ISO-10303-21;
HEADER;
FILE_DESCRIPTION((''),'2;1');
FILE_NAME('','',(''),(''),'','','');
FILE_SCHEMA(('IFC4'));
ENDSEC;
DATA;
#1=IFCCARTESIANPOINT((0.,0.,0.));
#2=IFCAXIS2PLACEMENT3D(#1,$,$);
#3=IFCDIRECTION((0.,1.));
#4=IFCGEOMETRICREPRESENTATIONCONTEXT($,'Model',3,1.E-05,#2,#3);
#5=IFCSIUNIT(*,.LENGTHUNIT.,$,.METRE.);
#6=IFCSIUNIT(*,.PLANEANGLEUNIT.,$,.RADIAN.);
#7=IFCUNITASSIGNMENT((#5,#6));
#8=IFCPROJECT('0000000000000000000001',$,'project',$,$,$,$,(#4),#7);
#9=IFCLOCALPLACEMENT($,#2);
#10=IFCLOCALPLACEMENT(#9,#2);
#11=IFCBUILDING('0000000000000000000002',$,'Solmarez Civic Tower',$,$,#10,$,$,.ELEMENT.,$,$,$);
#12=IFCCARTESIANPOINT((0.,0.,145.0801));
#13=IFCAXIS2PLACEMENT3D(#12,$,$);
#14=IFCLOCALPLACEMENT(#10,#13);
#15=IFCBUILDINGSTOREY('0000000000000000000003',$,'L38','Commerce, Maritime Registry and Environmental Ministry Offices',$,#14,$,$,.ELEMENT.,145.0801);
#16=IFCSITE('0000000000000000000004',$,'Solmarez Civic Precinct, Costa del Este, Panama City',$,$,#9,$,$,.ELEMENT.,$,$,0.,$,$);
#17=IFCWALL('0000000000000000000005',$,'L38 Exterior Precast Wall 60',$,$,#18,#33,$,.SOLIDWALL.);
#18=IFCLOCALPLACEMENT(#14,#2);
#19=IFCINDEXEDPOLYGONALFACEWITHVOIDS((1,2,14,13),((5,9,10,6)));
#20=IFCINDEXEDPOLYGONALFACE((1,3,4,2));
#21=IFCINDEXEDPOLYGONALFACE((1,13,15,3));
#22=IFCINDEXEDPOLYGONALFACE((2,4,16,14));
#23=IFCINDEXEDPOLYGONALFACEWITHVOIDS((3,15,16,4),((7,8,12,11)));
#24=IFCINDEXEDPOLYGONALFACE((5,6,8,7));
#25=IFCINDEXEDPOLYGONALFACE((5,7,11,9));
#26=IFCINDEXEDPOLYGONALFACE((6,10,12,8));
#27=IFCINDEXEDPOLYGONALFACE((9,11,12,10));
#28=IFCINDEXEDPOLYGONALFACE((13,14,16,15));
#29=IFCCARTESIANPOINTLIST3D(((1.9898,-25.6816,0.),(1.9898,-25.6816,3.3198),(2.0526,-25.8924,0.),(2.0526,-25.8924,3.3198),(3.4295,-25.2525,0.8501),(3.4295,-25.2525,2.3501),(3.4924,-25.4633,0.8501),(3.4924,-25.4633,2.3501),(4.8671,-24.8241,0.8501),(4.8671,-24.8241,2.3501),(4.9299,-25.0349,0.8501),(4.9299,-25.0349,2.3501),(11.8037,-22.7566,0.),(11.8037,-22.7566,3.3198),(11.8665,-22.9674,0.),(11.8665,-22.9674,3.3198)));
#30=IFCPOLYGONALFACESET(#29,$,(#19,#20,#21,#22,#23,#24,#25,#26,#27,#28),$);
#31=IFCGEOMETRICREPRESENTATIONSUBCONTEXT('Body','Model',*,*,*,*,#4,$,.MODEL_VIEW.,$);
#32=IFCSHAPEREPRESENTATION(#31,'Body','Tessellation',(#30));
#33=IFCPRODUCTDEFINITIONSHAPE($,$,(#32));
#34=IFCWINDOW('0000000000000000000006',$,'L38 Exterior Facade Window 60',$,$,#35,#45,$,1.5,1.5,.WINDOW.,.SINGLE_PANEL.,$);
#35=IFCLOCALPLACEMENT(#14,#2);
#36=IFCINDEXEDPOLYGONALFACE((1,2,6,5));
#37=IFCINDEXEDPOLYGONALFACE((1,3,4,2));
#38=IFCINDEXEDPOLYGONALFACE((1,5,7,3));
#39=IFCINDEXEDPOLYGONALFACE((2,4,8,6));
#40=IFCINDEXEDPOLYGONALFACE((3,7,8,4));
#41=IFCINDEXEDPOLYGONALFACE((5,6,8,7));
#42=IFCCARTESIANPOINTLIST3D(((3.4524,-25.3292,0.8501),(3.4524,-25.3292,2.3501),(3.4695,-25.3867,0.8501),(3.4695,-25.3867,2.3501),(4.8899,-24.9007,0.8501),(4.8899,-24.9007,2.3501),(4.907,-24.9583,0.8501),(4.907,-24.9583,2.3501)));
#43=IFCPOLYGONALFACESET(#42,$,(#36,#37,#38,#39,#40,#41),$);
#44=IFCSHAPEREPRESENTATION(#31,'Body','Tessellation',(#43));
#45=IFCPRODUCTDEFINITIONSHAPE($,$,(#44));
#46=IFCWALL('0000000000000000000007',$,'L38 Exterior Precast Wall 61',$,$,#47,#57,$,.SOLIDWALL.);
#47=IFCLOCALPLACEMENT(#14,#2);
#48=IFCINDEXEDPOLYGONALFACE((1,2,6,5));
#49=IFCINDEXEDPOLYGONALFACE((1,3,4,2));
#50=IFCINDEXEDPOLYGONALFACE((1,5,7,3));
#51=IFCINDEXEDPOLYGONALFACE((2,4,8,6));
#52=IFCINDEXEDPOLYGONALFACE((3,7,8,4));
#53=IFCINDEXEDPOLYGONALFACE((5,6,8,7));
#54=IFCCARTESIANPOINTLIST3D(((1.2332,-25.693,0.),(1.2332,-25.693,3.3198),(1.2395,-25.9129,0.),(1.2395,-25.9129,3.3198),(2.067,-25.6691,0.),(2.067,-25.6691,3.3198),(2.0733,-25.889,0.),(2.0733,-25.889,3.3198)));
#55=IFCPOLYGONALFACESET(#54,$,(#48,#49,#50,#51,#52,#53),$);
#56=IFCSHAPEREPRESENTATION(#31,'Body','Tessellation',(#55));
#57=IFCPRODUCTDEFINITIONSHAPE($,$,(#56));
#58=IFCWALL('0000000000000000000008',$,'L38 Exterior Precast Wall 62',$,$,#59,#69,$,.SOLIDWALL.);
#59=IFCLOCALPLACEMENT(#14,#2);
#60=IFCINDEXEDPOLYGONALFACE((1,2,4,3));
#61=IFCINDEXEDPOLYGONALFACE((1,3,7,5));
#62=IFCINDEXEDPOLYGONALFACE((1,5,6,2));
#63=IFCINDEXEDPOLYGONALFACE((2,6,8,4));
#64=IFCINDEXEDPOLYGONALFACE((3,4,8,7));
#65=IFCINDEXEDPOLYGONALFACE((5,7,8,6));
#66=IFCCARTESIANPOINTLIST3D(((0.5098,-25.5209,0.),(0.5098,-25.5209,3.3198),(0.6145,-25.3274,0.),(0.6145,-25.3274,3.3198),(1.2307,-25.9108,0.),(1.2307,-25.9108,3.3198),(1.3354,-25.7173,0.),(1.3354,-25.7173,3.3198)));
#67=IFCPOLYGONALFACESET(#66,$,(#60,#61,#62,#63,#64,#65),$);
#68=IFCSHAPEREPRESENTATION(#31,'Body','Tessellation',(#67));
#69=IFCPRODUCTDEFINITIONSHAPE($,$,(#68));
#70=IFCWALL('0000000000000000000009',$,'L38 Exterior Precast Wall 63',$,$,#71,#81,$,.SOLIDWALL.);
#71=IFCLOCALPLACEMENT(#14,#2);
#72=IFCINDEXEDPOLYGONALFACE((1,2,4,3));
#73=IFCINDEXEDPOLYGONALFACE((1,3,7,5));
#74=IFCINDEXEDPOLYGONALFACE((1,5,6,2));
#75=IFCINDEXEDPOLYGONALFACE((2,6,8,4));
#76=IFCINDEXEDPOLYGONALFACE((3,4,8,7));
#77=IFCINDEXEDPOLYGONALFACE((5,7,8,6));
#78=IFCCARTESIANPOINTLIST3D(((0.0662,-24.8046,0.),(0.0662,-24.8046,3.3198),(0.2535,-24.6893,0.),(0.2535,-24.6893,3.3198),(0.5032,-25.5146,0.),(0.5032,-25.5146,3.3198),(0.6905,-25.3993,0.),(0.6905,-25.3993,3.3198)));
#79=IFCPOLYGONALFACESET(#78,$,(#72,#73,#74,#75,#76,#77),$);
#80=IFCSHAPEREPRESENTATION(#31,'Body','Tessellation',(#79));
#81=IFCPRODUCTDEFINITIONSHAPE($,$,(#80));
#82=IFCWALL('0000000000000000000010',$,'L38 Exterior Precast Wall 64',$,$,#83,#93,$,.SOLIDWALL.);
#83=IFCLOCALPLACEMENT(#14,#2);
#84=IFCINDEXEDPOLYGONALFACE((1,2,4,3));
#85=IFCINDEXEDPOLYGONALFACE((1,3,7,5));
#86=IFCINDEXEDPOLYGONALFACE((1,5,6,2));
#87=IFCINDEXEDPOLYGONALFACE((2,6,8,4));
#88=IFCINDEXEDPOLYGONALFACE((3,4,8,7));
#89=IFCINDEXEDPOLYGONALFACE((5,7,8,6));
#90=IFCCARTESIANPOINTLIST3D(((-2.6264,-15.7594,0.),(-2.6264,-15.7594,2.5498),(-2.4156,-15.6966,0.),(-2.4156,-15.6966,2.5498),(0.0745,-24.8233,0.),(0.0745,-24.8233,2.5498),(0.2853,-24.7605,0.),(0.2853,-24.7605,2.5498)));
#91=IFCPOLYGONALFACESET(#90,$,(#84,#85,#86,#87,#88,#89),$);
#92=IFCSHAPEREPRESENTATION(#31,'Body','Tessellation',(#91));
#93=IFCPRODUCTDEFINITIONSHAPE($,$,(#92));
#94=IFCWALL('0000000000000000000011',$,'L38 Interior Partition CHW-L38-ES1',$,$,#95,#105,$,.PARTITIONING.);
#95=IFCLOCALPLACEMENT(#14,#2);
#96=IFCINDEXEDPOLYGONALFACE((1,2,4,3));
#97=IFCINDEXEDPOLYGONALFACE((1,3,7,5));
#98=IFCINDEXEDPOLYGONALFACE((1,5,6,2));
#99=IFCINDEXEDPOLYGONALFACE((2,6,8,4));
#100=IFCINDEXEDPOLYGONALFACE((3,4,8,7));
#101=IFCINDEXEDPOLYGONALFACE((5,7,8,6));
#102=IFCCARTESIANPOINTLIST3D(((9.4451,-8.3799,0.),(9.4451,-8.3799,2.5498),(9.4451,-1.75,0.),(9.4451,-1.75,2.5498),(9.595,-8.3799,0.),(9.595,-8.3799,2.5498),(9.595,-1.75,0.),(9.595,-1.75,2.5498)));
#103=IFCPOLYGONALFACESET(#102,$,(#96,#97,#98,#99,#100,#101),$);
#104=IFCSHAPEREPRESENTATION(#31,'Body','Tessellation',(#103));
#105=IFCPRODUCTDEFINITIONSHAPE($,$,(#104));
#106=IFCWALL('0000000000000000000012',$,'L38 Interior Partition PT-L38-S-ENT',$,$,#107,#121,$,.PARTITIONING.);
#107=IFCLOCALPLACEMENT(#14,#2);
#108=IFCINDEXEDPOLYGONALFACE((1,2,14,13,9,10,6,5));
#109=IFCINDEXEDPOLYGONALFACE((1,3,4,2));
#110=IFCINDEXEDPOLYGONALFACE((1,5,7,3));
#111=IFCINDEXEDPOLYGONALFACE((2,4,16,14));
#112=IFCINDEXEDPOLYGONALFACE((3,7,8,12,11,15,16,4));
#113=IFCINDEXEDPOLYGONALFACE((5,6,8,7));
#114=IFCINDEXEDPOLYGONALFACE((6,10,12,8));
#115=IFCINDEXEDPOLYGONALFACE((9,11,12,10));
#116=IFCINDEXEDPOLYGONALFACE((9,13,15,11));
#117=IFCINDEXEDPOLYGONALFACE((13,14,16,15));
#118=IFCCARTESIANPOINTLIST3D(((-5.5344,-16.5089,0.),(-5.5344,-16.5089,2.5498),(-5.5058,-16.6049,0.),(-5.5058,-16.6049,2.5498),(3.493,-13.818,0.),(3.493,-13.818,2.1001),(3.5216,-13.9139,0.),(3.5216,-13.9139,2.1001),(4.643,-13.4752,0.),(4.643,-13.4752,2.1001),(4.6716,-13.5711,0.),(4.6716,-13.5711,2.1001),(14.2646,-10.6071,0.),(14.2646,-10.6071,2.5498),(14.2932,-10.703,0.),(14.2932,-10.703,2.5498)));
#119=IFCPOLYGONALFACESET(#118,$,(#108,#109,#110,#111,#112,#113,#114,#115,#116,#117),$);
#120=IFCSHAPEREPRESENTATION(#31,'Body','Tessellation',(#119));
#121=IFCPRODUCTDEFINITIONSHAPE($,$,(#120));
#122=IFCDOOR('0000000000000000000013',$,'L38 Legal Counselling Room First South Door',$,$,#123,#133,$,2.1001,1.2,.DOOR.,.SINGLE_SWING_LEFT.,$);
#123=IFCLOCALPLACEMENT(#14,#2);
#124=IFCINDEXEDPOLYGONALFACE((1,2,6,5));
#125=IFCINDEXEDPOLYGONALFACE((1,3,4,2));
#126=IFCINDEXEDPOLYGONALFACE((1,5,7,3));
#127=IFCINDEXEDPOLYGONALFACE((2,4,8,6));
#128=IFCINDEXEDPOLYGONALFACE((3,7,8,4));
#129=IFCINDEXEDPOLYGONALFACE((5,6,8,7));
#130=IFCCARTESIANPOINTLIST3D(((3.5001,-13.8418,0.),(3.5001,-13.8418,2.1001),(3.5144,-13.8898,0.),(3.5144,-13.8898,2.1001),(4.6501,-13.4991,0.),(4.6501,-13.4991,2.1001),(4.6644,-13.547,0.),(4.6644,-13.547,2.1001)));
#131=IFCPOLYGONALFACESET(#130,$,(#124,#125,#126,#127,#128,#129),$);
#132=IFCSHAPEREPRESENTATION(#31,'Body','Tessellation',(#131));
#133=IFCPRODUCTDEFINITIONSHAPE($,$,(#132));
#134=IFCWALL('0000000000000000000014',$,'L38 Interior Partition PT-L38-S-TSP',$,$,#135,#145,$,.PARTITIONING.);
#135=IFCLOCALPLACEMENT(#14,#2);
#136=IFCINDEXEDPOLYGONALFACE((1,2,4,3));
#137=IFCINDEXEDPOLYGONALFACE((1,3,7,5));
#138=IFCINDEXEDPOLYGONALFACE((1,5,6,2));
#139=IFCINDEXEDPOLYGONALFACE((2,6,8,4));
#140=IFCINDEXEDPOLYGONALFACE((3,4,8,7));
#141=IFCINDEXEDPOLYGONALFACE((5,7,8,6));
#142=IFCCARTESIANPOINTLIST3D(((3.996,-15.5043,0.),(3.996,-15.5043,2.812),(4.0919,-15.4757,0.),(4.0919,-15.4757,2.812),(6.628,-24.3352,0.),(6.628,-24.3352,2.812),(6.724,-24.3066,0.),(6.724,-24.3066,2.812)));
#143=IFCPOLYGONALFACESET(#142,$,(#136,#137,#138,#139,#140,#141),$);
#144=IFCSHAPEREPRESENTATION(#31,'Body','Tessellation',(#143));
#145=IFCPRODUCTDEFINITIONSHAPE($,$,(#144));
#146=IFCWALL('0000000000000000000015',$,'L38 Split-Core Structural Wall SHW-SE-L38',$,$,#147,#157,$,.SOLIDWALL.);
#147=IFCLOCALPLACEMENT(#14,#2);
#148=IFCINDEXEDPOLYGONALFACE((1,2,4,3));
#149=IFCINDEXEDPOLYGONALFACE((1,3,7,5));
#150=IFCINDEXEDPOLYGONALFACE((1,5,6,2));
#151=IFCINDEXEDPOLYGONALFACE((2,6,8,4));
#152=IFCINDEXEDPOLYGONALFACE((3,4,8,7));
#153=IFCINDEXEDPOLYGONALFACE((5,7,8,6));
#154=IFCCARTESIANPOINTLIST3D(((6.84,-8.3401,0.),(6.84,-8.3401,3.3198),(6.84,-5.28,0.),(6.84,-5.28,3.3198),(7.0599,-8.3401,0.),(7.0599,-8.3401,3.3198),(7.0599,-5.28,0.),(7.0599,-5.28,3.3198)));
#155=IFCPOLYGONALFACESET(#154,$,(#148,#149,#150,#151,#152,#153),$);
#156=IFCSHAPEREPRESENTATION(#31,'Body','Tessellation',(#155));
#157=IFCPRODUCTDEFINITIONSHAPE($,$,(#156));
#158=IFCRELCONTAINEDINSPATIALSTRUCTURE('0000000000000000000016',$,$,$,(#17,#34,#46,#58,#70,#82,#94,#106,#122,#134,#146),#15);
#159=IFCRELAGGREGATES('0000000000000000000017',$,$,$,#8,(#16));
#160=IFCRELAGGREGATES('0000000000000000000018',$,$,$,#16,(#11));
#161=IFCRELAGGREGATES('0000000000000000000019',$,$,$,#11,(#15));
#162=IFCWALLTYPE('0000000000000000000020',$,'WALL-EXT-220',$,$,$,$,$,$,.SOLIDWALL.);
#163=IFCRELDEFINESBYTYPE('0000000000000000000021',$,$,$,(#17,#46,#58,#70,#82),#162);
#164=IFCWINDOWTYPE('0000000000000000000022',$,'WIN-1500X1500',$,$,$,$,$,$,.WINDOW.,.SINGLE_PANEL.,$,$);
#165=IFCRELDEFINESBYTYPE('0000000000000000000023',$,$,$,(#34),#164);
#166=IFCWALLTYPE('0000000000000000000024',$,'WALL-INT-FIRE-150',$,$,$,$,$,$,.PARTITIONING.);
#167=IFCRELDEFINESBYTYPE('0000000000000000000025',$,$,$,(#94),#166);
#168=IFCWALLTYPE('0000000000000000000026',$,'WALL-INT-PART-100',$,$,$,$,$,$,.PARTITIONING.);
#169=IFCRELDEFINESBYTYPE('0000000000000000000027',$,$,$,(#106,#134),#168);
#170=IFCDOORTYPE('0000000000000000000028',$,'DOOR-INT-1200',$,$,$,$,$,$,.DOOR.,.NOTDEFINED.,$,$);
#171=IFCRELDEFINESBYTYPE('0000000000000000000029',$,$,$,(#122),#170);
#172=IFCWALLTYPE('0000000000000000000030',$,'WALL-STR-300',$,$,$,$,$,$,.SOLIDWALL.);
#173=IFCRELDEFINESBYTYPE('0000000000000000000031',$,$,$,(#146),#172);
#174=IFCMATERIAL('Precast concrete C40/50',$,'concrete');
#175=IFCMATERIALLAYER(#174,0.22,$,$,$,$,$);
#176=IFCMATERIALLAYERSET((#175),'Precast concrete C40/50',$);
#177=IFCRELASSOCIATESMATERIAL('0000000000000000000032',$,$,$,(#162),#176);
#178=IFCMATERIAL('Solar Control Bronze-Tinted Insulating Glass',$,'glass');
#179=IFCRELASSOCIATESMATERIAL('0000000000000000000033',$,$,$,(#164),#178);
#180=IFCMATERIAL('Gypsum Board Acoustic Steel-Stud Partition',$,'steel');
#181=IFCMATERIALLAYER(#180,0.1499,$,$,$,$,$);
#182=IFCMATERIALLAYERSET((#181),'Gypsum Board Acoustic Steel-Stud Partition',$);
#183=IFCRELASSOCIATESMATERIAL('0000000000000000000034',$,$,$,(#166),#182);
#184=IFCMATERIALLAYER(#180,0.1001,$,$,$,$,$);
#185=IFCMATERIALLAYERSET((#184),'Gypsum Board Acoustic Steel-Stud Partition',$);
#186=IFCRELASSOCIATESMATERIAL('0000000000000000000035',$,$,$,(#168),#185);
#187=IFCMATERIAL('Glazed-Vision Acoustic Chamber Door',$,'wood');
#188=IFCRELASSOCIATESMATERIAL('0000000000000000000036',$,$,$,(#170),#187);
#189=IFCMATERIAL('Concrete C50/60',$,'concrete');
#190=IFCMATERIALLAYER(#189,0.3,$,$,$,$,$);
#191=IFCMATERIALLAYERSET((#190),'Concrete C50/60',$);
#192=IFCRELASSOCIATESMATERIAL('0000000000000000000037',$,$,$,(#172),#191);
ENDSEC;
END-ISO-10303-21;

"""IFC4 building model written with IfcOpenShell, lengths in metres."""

from ifc_helpers import new_model, si_unit, direction, frame, frame_2d, origin, place, context, subcontext, project, spatial, rectangle, extrude, material, layer, layer_set, type_object, element, fill, save


model = new_model("IFC4")

# Units and contexts
model_context = context("Model", 3, precision=1e-05, world=origin(), true_north=direction((0.0, 1.0)))
body_context = subcontext(model_context, "Body", "Model", "MODEL_VIEW")
ifc_project = project(units=[si_unit("LENGTHUNIT", "METRE"), si_unit("PLANEANGLEUNIT", "RADIAN")], contexts=[model_context])

# Site, building, storey
site_placement = place(None, origin())
site = spatial("IfcSite", under=ifc_project, at=site_placement, Name="Solmarez Civic Precinct, Costa del Este, Panama City", CompositionType="ELEMENT", RefElevation=0.0)
building_placement = place(site_placement, origin())
building = spatial("IfcBuilding", under=site, at=building_placement, Name="Solmarez Civic Tower", CompositionType="ELEMENT")
storey_placement = place(building_placement, frame((0.0, 0.0, 145.0801)))
storey = spatial("IfcBuildingStorey", under=building, at=storey_placement, Name="L38", Description="Commerce, Maritime Registry and Environmental Ministry Offices", CompositionType="ELEMENT", Elevation=145.0801)

# Shared definitions
ifc_material_1 = material(Name="Concrete C50/60", Category="concrete")

# Shared definitions
ifc_material_2 = material(Name="Precast concrete C40/50", Category="concrete")
ifc_layer_1 = layer(ifc_material_2, 0.22)
ifc_layer_set_1 = layer_set([ifc_layer_1], Name="Precast concrete C40/50")
wall_type_1 = type_object("IfcWallType", Name="WALL-EXT-220", PredefinedType="SOLIDWALL", material=ifc_layer_set_1)

# Shared definitions
ifc_material_3 = material(Name="Solar Control Bronze-Tinted Insulating Glass", Category="glass")

# Wall, opening, window
wall_1_placement = place(storey_placement, frame((11.835, -22.8621, 0.0), z_axis=(0.0, 0.0, 1.0), x_axis=(-0.958339, -0.285633, 0.0)))
wall_1 = element("IfcWall", 1, at=wall_1_placement, inside=storey, type_object=wall_type_1, Name="L38 Exterior Precast Wall 60", PredefinedType="SOLIDWALL", context=body_context, shape_type="SweptSolid", body=[
    extrude(rectangle(XDim=10.2405, YDim=0.22, at=frame_2d((5.1201, 0.0))), origin(), (0.0, 0.0, 1.0), 3.3198),
])
opening_1_placement = place(wall_1_placement, frame((7.238, 0.0, 0.8501)))
opening_1 = element("IfcOpeningElement", 2, at=opening_1_placement, cuts=wall_1, PredefinedType="OPENING", context=body_context, shape_type="SweptSolid", body=[
    extrude(rectangle(XDim=1.5, YDim=1.5, at=frame_2d((0.75, 0.75))), frame((0.0, 0.1199, 0.0), z_axis=(0.0, -1.0, 0.0), x_axis=(1.0, 0.0, 0.0)), (0.0, 0.0, 1.0), 0.24),
])
window_type_1 = type_object("IfcWindowType", Name="WIN-1500X1500", PartitioningType="SINGLE_PANEL", PredefinedType="WINDOW", material=ifc_material_3)
window_1_placement = place(opening_1_placement, origin())
window_1 = element("IfcWindow", 3, at=window_1_placement, inside=storey, type_object=window_type_1, Name="L38 Exterior Facade Window 60", OverallHeight=1.5, OverallWidth=1.5, PartitioningType="SINGLE_PANEL", PredefinedType="WINDOW", context=body_context, shape_type="SweptSolid", body=[
    extrude(rectangle(XDim=1.5, YDim=1.5, at=frame_2d((0.75, 0.75))), frame((0.0, 0.03, 0.0), z_axis=(0.0, -1.0, 0.0), x_axis=(1.0, 0.0, 0.0)), (0.0, 0.0, 1.0), 0.0601),
])
fill(opening_1, window_1)

# Walls
wall_2_placement = place(storey_placement, frame((2.0701, -25.7791, 0.0), z_axis=(0.0, 0.0, 1.0), x_axis=(-0.999589, -0.028677, 0.0)))
element("IfcWall", 4, at=wall_2_placement, inside=storey, type_object=wall_type_1, Name="L38 Exterior Precast Wall 61", PredefinedType="SOLIDWALL", context=body_context, shape_type="SweptSolid", body=[
    extrude(rectangle(XDim=0.8342, YDim=0.22, at=frame_2d((0.417, 0.0))), origin(), (0.0, 0.0, 1.0), 3.3198),
])
wall_3_placement = place(storey_placement, frame((1.283, -25.814, 0.0), z_axis=(0.0, 0.0, 1.0), x_axis=(-0.879609, 0.475698, 0.0)))
element("IfcWall", 5, at=wall_3_placement, inside=storey, type_object=wall_type_1, Name="L38 Exterior Precast Wall 62", PredefinedType="SOLIDWALL", context=body_context, shape_type="SweptSolid", body=[
    extrude(rectangle(XDim=0.8196, YDim=0.22, at=frame_2d((0.4097, 0.0))), origin(), (0.0, 0.0, 1.0), 3.3198),
])
wall_4_placement = place(storey_placement, frame((0.5969, -25.457, 0.0), z_axis=(0.0, 0.0, 1.0), x_axis=(-0.524195, 0.851598, 0.0)))
element("IfcWall", 6, at=wall_4_placement, inside=storey, type_object=wall_type_1, Name="L38 Exterior Precast Wall 63", PredefinedType="SOLIDWALL", context=body_context, shape_type="SweptSolid", body=[
    extrude(rectangle(XDim=0.8337, YDim=0.22, at=frame_2d((0.417, 0.0))), origin(), (0.0, 0.0, 1.0), 3.3198),
])
wall_5_placement = place(storey_placement, frame((0.1799, -24.792, 0.0), z_axis=(0.0, 0.0, 1.0), x_axis=(-0.285576, 0.958356, 0.0)))
element("IfcWall", 7, at=wall_5_placement, inside=storey, type_object=wall_type_1, Name="L38 Exterior Precast Wall 64", PredefinedType="SOLIDWALL", context=body_context, shape_type="SweptSolid", body=[
    extrude(rectangle(XDim=9.4578, YDim=0.22, at=frame_2d((4.729, 0.0))), origin(), (0.0, 0.0, 1.0), 2.5498),
])
ifc_material_4 = material(Name="Gypsum Board Acoustic Steel-Stud Partition", Category="steel")
ifc_layer_2 = layer(ifc_material_4, 0.1499)
ifc_layer_set_2 = layer_set([ifc_layer_2], Name="Gypsum Board Acoustic Steel-Stud Partition")
wall_type_2 = type_object("IfcWallType", Name="WALL-INT-FIRE-150", PredefinedType="PARTITIONING", material=ifc_layer_set_2)
wall_6_placement = place(storey_placement, frame((9.52, -8.3799, 0.0), z_axis=(0.0, 0.0, 1.0), x_axis=(0.0, 1.0, 0.0)))
element("IfcWall", 8, at=wall_6_placement, inside=storey, type_object=wall_type_2, Name="L38 Interior Partition CHW-L38-ES1", PredefinedType="PARTITIONING", context=body_context, shape_type="SweptSolid", body=[
    extrude(rectangle(XDim=6.6299, YDim=0.1499, at=frame_2d((3.3149, 0.0))), origin(), (0.0, 0.0, 1.0), 2.5498),
])

# Wall, opening, door
ifc_layer_3 = layer(ifc_material_4, 0.1001)
ifc_layer_set_3 = layer_set([ifc_layer_3], Name="Gypsum Board Acoustic Steel-Stud Partition")
wall_type_3 = type_object("IfcWallType", Name="WALL-INT-PART-100", PredefinedType="PARTITIONING", material=ifc_layer_set_3)
wall_7_placement = place(storey_placement, frame((14.2791, -10.655, 0.0), z_axis=(0.0, 0.0, 1.0), x_axis=(-0.958329, -0.285666, 0.0)))
wall_7 = element("IfcWall", 9, at=wall_7_placement, inside=storey, type_object=wall_type_3, Name="L38 Interior Partition PT-L38-S-ENT", PredefinedType="PARTITIONING", context=body_context, shape_type="SweptSolid", body=[
    extrude(rectangle(XDim=20.6599, YDim=0.1001, at=frame_2d((10.3301, 0.0))), origin(), (0.0, 0.0, 1.0), 2.5498),
])
opening_2_placement = place(wall_7_placement, frame((10.04, 0.0, 0.0)))
opening_2 = element("IfcOpeningElement", 10, at=opening_2_placement, cuts=wall_7, PredefinedType="OPENING", context=body_context, shape_type="SweptSolid", body=[
    extrude(rectangle(XDim=1.2, YDim=2.1001, at=frame_2d((0.6001, 1.05))), frame((0.0, 0.0601, 0.0), z_axis=(0.0, -1.0, 0.0), x_axis=(1.0, 0.0, 0.0)), (0.0, 0.0, 1.0), 0.1201),
])
ifc_material_5 = material(Name="Glazed-Vision Acoustic Chamber Door", Category="wood")
door_type = type_object("IfcDoorType", Name="DOOR-INT-1200", OperationType="NOTDEFINED", PredefinedType="DOOR", material=ifc_material_5)
door_placement = place(opening_2_placement, origin())
door = element("IfcDoor", 11, at=door_placement, inside=storey, type_object=door_type, Name="L38 Legal Counselling Room First South Door", OperationType="SINGLE_SWING_LEFT", OverallHeight=2.1001, OverallWidth=1.2, PredefinedType="DOOR", context=body_context, shape_type="SweptSolid", body=[
    extrude(rectangle(XDim=1.2, YDim=2.1001, at=frame_2d((0.6001, 1.05))), frame((0.0, 0.0249, 0.0), z_axis=(0.0, -1.0, 0.0), x_axis=(1.0, 0.0, 0.0)), (0.0, 0.0, 1.0), 0.05),
])
fill(opening_2, door)

# Walls
wall_8_placement = place(storey_placement, frame((4.0439, -15.49, 0.0), z_axis=(0.0, 0.0, 1.0), x_axis=(0.285631, -0.95834, 0.0)))
element("IfcWall", 12, at=wall_8_placement, inside=storey, type_object=wall_type_3, Name="L38 Interior Partition PT-L38-S-TSP", PredefinedType="PARTITIONING", context=body_context, shape_type="SweptSolid", body=[
    extrude(rectangle(XDim=9.2148, YDim=0.1001, at=frame_2d((4.6074, 0.0))), origin(), (0.0, 0.0, 1.0), 2.812),
])
ifc_layer_4 = layer(ifc_material_1, 0.3)
ifc_layer_set_4 = layer_set([ifc_layer_4], Name="Concrete C50/60")
wall_type_4 = type_object("IfcWallType", Name="WALL-STR-300", PredefinedType="SOLIDWALL", material=ifc_layer_set_4)
wall_9_placement = place(storey_placement, frame((6.95, -8.3401, 0.0), z_axis=(0.0, 0.0, 1.0), x_axis=(0.0, 1.0, 0.0)))
element("IfcWall", 13, at=wall_9_placement, inside=storey, type_object=wall_type_4, Name="L38 Split-Core Structural Wall SHW-SE-L38", PredefinedType="SOLIDWALL", context=body_context, shape_type="SweptSolid", body=[
    extrude(rectangle(XDim=3.0601, YDim=0.22, at=frame_2d((1.53, 0.0))), origin(), (0.0, 0.0, 1.0), 3.3198),
])

save(model, "model.ifc")
